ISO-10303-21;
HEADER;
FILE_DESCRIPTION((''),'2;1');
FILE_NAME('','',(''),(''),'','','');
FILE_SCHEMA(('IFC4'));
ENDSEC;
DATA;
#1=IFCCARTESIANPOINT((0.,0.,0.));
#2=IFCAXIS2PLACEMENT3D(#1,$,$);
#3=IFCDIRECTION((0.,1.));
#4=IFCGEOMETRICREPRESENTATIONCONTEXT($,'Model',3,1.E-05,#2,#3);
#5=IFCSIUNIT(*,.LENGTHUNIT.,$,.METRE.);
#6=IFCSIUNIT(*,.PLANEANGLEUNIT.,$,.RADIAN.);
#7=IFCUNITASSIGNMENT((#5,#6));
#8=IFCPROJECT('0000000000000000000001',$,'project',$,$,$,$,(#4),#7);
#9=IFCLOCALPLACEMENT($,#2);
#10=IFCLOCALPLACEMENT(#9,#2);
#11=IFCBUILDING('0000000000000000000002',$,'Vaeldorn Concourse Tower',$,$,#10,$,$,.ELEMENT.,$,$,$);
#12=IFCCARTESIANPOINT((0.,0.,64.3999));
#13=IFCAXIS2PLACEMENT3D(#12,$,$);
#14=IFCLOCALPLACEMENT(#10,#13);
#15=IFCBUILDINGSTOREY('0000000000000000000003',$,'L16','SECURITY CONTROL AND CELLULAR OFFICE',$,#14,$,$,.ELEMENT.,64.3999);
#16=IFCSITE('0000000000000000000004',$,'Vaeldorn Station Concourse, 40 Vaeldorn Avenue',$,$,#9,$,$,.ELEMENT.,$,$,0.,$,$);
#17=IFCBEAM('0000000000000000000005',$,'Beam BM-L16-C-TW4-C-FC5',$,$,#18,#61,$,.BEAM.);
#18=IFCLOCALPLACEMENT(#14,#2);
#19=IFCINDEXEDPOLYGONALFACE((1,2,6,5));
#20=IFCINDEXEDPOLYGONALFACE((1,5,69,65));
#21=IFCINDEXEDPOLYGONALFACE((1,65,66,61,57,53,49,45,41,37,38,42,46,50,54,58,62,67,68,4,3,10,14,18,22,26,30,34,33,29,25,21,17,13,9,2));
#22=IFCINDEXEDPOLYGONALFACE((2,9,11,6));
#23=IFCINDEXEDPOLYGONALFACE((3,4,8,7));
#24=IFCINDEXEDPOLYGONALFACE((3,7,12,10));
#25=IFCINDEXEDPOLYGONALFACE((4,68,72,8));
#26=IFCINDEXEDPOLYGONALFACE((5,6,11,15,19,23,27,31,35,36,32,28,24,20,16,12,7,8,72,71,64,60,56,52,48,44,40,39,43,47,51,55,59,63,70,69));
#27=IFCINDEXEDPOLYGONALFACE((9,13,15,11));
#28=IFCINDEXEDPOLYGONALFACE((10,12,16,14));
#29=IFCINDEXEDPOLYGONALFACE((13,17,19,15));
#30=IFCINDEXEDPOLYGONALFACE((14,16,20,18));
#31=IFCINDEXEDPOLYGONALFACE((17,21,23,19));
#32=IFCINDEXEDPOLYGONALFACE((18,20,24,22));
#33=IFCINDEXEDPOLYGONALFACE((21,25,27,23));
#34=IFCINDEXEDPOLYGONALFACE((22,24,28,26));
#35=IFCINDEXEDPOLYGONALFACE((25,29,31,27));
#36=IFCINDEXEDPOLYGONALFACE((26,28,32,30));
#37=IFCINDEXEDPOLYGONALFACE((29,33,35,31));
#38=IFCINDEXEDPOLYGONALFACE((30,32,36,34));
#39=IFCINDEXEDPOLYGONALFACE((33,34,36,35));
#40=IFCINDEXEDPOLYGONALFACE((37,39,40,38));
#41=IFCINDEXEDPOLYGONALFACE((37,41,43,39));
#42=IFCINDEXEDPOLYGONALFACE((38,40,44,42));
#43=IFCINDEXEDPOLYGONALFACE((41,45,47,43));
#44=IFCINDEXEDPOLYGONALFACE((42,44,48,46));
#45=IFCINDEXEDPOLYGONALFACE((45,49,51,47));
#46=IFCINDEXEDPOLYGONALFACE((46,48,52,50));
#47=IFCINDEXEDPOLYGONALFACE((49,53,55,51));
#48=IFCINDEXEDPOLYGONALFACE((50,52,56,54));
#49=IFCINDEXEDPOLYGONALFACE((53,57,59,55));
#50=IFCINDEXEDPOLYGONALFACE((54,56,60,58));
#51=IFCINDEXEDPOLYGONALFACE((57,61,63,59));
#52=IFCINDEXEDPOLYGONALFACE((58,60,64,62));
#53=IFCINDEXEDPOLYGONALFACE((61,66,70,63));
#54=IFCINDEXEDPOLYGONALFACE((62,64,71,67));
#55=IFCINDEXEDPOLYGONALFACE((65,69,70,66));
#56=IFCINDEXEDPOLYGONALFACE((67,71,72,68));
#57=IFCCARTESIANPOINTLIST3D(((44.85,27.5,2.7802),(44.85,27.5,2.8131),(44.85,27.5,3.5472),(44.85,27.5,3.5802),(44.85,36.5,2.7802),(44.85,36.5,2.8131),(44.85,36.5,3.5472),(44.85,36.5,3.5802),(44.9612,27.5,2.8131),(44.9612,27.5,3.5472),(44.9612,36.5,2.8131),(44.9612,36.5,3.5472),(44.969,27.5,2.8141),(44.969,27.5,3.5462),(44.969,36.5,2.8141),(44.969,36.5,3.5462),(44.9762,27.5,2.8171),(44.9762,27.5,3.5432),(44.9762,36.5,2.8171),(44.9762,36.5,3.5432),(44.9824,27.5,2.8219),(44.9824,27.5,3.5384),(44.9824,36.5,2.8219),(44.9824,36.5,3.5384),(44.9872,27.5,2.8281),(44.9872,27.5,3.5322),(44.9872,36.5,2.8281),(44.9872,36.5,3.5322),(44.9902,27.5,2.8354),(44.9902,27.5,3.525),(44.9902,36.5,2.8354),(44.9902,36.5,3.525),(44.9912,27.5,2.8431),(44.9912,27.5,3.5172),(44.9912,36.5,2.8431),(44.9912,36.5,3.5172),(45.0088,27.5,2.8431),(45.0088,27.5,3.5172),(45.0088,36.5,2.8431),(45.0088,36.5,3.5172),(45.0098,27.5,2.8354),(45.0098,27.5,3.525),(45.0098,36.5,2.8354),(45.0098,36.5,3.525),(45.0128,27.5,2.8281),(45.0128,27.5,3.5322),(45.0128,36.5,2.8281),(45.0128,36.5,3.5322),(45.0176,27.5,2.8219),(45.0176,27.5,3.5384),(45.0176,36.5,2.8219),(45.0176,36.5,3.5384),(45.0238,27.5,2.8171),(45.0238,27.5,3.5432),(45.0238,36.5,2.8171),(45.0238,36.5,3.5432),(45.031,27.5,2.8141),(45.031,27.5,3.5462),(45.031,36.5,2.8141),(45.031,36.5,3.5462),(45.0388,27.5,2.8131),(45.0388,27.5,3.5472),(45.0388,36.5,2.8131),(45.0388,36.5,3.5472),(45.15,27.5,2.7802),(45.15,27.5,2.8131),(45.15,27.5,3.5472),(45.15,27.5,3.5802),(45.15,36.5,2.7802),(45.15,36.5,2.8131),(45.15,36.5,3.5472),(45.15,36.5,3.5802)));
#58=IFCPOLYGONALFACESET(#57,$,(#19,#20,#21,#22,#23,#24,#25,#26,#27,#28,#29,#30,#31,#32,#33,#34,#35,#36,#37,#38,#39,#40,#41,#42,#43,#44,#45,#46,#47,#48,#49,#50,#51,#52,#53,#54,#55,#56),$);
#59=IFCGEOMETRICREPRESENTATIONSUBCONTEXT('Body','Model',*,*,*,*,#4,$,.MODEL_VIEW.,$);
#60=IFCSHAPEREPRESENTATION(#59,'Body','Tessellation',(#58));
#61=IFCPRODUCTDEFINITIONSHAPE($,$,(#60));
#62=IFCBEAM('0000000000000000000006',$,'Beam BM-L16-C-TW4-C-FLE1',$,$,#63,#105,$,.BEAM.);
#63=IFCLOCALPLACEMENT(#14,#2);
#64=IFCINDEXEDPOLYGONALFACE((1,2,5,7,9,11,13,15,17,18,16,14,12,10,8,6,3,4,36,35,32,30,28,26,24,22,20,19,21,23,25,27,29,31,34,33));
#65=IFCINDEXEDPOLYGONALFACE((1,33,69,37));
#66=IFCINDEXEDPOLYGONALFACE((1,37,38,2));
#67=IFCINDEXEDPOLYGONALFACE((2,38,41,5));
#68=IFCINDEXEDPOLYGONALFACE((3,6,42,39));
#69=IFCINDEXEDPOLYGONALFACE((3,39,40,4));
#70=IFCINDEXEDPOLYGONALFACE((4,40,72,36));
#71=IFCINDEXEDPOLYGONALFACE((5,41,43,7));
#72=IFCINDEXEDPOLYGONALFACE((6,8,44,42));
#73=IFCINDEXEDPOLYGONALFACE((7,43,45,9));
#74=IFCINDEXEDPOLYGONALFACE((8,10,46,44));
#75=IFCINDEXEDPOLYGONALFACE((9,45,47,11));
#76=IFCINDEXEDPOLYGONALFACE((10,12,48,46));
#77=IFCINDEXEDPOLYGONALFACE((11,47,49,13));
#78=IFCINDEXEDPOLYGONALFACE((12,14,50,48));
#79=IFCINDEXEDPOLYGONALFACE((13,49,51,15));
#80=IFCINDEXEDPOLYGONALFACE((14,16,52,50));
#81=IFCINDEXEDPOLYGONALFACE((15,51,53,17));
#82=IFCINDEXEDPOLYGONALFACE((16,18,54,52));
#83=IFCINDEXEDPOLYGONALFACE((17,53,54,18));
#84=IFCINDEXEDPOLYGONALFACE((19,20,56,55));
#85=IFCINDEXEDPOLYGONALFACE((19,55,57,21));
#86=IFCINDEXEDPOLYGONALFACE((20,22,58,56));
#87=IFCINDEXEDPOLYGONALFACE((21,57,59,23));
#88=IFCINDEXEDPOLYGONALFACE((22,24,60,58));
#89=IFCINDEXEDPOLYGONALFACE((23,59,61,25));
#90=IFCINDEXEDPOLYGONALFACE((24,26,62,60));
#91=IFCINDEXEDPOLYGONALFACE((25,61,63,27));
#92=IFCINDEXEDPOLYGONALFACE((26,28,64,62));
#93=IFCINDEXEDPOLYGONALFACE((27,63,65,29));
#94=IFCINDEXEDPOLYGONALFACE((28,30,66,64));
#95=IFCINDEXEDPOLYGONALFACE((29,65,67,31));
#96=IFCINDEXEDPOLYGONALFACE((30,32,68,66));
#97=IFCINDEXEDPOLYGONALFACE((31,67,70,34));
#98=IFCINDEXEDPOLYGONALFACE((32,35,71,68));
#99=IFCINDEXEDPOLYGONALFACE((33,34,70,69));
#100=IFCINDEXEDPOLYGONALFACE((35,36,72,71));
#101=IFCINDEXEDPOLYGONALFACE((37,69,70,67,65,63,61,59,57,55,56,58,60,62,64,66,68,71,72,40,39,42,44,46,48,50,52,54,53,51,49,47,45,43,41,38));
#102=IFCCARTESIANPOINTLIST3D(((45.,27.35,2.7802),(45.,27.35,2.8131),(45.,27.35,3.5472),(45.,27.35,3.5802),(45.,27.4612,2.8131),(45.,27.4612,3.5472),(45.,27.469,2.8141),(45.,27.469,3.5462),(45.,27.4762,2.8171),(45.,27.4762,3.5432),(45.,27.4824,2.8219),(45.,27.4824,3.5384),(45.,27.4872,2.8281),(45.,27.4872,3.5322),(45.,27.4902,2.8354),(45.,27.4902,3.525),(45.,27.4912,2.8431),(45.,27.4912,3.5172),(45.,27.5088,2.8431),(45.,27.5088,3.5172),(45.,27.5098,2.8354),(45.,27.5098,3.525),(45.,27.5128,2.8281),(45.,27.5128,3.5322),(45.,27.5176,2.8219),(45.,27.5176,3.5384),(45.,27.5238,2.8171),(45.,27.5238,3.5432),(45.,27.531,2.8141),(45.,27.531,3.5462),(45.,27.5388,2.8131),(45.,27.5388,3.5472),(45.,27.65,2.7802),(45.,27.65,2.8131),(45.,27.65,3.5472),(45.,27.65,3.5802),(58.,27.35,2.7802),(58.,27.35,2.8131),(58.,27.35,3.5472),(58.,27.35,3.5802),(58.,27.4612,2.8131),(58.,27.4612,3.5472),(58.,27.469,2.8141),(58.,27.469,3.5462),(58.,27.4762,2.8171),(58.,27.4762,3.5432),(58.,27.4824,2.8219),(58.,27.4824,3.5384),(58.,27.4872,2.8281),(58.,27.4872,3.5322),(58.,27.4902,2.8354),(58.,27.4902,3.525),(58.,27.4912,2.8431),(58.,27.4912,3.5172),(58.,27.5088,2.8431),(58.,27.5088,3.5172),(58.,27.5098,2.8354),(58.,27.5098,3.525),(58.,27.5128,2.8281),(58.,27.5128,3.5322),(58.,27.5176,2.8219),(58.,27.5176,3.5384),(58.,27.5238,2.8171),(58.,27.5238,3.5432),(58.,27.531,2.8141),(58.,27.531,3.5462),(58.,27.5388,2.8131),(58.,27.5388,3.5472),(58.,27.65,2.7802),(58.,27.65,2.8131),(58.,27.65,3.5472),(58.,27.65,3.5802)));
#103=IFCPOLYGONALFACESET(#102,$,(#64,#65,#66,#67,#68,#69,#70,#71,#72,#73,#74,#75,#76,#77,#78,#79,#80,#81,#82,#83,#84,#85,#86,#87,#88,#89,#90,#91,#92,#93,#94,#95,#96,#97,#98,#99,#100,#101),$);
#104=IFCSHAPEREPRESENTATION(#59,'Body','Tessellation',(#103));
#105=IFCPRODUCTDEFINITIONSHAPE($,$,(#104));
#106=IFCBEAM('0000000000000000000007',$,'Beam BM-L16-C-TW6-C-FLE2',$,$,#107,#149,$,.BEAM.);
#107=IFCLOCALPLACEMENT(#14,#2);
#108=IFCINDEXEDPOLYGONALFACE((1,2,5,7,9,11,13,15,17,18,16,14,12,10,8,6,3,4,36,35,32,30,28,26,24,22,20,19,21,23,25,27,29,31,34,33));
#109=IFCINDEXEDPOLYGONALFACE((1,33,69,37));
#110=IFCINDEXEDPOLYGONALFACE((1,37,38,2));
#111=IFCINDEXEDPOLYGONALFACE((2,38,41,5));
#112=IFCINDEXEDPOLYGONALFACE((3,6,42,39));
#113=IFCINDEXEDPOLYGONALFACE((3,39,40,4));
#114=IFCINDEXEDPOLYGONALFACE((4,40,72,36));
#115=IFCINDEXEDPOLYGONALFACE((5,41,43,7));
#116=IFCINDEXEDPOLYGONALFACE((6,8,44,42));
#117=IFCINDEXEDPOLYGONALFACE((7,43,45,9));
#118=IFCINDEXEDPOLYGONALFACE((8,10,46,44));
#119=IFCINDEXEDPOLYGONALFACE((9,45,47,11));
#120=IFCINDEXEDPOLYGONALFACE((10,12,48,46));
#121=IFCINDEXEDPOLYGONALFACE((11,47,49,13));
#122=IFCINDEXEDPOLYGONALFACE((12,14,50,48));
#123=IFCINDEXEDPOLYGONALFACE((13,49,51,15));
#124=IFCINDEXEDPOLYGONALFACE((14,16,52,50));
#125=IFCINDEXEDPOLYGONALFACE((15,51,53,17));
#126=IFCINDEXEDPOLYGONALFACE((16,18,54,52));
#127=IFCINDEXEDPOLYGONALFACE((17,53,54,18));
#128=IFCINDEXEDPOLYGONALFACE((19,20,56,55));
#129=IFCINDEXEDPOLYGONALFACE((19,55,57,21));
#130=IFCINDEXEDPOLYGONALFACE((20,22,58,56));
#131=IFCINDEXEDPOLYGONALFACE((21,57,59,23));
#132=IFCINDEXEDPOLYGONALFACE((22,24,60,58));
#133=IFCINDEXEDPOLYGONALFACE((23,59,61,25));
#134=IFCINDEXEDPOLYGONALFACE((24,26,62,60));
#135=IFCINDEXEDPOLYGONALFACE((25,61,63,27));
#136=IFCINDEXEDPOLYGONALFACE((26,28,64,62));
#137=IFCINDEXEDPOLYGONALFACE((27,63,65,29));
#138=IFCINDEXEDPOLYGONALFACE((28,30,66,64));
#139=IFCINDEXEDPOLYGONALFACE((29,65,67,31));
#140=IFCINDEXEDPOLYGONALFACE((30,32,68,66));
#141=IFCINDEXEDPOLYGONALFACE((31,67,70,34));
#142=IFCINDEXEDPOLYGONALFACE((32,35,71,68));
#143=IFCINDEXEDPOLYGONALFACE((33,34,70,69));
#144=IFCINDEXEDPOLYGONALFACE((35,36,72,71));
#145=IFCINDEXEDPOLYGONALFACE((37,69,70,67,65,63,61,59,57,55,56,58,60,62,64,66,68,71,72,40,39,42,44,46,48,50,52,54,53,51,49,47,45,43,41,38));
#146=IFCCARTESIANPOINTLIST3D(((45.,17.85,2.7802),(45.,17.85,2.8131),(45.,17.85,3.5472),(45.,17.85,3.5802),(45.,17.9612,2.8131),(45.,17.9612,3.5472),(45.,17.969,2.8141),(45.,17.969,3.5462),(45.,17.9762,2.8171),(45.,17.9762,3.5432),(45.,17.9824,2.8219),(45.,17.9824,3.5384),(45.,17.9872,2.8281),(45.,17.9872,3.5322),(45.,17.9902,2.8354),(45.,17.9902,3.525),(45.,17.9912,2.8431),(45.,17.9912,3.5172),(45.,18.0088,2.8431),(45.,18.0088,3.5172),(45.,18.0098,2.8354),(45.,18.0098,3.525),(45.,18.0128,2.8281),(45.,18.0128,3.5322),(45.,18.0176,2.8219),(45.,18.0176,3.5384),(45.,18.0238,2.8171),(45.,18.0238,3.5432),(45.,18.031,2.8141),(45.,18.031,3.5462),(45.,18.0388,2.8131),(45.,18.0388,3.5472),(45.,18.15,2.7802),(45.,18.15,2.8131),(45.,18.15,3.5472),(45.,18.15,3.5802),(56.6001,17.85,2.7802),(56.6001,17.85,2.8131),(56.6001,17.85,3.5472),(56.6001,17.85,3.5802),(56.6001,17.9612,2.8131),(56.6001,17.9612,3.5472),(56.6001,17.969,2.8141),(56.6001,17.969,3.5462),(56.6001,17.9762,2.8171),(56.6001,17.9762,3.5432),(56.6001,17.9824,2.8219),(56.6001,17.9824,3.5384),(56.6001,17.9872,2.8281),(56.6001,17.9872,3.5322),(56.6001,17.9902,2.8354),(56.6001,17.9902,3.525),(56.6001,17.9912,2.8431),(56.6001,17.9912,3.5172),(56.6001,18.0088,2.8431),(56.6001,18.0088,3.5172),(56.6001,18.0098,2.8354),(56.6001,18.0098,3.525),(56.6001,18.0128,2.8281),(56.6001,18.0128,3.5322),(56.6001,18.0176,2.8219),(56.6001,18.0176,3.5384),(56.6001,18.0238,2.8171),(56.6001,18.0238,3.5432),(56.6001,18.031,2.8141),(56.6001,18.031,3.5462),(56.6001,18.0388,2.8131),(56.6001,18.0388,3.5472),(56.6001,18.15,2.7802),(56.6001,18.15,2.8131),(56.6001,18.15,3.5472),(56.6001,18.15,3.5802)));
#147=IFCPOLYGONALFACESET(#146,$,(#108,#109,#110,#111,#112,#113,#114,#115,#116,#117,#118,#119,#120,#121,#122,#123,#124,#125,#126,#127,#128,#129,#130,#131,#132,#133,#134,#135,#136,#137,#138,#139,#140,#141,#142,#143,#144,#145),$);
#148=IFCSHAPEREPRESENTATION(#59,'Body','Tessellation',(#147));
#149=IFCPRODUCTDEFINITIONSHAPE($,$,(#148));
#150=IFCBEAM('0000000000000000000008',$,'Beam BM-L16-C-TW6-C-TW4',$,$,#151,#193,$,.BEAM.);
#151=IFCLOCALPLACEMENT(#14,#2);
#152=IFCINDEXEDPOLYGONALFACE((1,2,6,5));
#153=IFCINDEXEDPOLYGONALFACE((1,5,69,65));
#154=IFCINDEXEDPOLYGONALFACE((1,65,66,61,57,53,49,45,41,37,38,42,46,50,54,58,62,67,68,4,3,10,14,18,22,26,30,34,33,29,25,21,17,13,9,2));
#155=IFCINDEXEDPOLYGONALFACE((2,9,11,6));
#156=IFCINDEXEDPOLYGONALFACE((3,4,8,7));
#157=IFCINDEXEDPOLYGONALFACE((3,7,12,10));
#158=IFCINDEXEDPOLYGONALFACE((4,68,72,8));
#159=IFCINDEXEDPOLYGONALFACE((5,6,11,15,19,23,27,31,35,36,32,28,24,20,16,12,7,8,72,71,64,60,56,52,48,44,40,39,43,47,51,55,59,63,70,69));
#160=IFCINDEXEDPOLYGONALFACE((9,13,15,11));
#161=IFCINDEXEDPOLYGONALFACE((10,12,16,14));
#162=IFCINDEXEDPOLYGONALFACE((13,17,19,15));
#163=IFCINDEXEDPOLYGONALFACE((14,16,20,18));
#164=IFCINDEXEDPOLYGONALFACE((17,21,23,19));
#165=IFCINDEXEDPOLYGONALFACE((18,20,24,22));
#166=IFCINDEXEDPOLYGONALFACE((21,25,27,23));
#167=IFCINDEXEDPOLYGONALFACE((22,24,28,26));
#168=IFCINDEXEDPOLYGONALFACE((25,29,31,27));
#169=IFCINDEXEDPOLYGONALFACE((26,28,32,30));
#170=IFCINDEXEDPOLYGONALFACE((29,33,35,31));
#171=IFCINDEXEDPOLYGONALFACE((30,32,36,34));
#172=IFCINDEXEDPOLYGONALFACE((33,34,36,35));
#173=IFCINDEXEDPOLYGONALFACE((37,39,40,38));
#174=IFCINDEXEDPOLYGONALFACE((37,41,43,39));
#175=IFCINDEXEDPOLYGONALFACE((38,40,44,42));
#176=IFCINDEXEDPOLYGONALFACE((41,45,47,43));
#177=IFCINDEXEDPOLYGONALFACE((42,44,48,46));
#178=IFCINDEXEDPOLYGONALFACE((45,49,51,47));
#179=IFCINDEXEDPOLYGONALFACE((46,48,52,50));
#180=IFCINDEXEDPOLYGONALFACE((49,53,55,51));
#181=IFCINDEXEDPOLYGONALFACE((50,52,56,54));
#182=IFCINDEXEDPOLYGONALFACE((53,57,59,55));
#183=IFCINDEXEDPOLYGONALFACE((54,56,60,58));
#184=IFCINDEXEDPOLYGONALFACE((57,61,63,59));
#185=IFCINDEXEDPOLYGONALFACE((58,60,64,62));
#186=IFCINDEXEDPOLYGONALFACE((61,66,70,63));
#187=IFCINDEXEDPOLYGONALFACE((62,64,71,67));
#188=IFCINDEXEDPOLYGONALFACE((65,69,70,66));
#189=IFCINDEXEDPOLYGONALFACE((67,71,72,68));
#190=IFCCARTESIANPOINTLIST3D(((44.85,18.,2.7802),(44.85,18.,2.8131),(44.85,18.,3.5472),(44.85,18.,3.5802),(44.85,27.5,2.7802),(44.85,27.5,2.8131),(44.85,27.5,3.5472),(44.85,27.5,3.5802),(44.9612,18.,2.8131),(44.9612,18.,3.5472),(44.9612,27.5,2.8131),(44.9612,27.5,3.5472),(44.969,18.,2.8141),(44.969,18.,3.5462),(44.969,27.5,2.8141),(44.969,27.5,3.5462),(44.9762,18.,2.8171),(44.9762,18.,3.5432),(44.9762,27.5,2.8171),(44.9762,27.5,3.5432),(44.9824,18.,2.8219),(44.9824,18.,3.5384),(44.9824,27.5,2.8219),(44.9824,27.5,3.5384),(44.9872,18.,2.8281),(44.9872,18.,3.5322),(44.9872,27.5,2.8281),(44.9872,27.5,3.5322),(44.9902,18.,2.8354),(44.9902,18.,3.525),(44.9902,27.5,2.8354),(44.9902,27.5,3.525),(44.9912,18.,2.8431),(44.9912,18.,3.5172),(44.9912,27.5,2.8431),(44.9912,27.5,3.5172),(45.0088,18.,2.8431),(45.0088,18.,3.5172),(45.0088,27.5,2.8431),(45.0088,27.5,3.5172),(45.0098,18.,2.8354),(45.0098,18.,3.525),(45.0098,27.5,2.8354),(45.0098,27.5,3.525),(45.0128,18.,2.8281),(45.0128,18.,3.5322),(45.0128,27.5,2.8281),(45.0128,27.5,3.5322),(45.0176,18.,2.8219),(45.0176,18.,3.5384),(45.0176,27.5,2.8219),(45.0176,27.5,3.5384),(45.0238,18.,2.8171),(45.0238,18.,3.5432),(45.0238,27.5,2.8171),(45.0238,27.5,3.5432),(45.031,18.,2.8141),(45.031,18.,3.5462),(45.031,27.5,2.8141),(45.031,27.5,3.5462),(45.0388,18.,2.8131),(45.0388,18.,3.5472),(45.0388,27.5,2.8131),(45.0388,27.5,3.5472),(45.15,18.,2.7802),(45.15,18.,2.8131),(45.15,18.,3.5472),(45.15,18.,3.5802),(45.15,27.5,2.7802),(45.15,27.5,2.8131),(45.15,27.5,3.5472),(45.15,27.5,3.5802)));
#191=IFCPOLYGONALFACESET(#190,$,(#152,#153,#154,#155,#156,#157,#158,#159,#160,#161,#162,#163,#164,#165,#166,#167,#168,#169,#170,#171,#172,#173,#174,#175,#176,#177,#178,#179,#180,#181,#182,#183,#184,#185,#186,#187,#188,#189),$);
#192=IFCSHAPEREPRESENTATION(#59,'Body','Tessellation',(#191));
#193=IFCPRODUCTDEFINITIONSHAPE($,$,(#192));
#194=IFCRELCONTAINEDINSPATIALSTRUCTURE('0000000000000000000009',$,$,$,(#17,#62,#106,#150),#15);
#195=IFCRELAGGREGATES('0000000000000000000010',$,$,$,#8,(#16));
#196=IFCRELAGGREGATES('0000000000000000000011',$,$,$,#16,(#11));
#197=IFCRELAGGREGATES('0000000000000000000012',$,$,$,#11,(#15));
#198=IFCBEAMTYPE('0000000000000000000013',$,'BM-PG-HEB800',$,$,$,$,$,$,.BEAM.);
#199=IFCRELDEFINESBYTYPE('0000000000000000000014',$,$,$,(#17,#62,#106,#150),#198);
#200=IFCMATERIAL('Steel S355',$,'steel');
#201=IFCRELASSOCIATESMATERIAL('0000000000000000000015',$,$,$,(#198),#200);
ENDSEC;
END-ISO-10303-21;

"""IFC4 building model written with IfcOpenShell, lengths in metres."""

from ifc_helpers import new_model, si_unit, direction, frame, origin, origin_2d, place, context, subcontext, project, spatial, i_section, extrude, source, transform, mapped, material, material_profile, profile_set, type_object, element, save


model = new_model("IFC4")

# Units and contexts
model_context = context("Model", 3, precision=1e-05, world=origin(), true_north=direction((0.0, 1.0)))
body_context = subcontext(model_context, "Body", "Model", "MODEL_VIEW")
ifc_project = project(units=[si_unit("LENGTHUNIT", "METRE"), si_unit("PLANEANGLEUNIT", "RADIAN")], contexts=[model_context])

# Site, building, storey
site_placement = place(None, origin())
site = spatial("IfcSite", under=ifc_project, at=site_placement, Name="Vaeldorn Station Concourse, 40 Vaeldorn Avenue", CompositionType="ELEMENT", RefElevation=0.0)
building_placement = place(site_placement, origin())
building = spatial("IfcBuilding", under=site, at=building_placement, Name="Vaeldorn Concourse Tower", CompositionType="ELEMENT")
storey_placement = place(building_placement, frame((0.0, 0.0, 64.3999)))
storey = spatial("IfcBuildingStorey", under=building, at=storey_placement, Name="L16", Description="SECURITY CONTROL AND CELLULAR OFFICE", CompositionType="ELEMENT", Elevation=64.3999)

# Beams
ifc_material_1 = material(Name="Steel S355", Category="steel")
ifc_material_profile_1 = material_profile(ifc_material_1, i_section(OverallWidth=0.3, OverallDepth=0.8, WebThickness=0.0176, FlangeThickness=0.033, FilletRadius=0.03, at=origin_2d()), Name="HEB 800")
ifc_profile_set_1 = profile_set([ifc_material_profile_1], Name="Steel S355")
beam_type_1 = type_object("IfcBeamType", Name="BM-PG-HEB800", PredefinedType="BEAM", material=ifc_profile_set_1)
shared_shape_1 = source(origin(), body_context, "Body", "SweptSolid", [
    extrude(i_section(OverallWidth=0.3, OverallDepth=0.8, WebThickness=0.0176, FlangeThickness=0.033, FilletRadius=0.03, at=origin_2d()), origin(), (0.0, 0.0, 1.0), 9.0),
])
for number, where, z_axis, x_axis, name in (
    (1, (45.0, 27.5, 3.1802), (0.0, 1.0, 0.0), (-1.0, 0.0, 0.0), "Beam BM-L16-C-TW4-C-FC5"),
):
    element("IfcBeam", number, at=place(storey_placement, frame(where, z_axis=z_axis, x_axis=x_axis)), inside=storey, type_object=beam_type_1, Name=name, PredefinedType="BEAM", context=body_context, shape_type="MappedRepresentation", body=[
        mapped(shared_shape_1, transform((0.0, 0.0, 0.0), scale=1.0)),
    ])
shared_shape_2 = source(origin(), body_context, "Body", "SweptSolid", [
    extrude(i_section(OverallWidth=0.3, OverallDepth=0.8, WebThickness=0.0176, FlangeThickness=0.033, FilletRadius=0.03, at=origin_2d()), origin(), (0.0, 0.0, 1.0), 13.0),
])
beam_1_placement = place(storey_placement, frame((45.0, 27.5, 3.1802), z_axis=(1.0, 0.0, 0.0), x_axis=(0.0, 1.0, 0.0)))
element("IfcBeam", 2, at=beam_1_placement, inside=storey, type_object=beam_type_1, Name="Beam BM-L16-C-TW4-C-FLE1", PredefinedType="BEAM", context=body_context, shape_type="MappedRepresentation", body=[
    mapped(shared_shape_2, transform((0.0, 0.0, 0.0), scale=1.0)),
])
shared_shape_3 = source(origin(), body_context, "Body", "SweptSolid", [
    extrude(i_section(OverallWidth=0.3, OverallDepth=0.8, WebThickness=0.0176, FlangeThickness=0.033, FilletRadius=0.03, at=origin_2d()), origin(), (0.0, 0.0, 1.0), 11.6001),
])
beam_2_placement = place(storey_placement, frame((45.0, 18.0, 3.1802), z_axis=(1.0, 0.0, 0.0), x_axis=(0.0, 1.0, 0.0)))
element("IfcBeam", 3, at=beam_2_placement, inside=storey, type_object=beam_type_1, Name="Beam BM-L16-C-TW6-C-FLE2", PredefinedType="BEAM", context=body_context, shape_type="MappedRepresentation", body=[
    mapped(shared_shape_3, transform((0.0, 0.0, 0.0), scale=1.0)),
])
shared_shape_4 = source(origin(), body_context, "Body", "SweptSolid", [
    extrude(i_section(OverallWidth=0.3, OverallDepth=0.8, WebThickness=0.0176, FlangeThickness=0.033, FilletRadius=0.03, at=origin_2d()), origin(), (0.0, 0.0, 1.0), 9.5),
])
beam_3_placement = place(storey_placement, frame((45.0, 18.0, 3.1802), z_axis=(0.0, 1.0, 0.0), x_axis=(-1.0, 0.0, 0.0)))
element("IfcBeam", 4, at=beam_3_placement, inside=storey, type_object=beam_type_1, Name="Beam BM-L16-C-TW6-C-TW4", PredefinedType="BEAM", context=body_context, shape_type="MappedRepresentation", body=[
    mapped(shared_shape_4, transform((0.0, 0.0, 0.0), scale=1.0)),
])

save(model, "model.ifc")
